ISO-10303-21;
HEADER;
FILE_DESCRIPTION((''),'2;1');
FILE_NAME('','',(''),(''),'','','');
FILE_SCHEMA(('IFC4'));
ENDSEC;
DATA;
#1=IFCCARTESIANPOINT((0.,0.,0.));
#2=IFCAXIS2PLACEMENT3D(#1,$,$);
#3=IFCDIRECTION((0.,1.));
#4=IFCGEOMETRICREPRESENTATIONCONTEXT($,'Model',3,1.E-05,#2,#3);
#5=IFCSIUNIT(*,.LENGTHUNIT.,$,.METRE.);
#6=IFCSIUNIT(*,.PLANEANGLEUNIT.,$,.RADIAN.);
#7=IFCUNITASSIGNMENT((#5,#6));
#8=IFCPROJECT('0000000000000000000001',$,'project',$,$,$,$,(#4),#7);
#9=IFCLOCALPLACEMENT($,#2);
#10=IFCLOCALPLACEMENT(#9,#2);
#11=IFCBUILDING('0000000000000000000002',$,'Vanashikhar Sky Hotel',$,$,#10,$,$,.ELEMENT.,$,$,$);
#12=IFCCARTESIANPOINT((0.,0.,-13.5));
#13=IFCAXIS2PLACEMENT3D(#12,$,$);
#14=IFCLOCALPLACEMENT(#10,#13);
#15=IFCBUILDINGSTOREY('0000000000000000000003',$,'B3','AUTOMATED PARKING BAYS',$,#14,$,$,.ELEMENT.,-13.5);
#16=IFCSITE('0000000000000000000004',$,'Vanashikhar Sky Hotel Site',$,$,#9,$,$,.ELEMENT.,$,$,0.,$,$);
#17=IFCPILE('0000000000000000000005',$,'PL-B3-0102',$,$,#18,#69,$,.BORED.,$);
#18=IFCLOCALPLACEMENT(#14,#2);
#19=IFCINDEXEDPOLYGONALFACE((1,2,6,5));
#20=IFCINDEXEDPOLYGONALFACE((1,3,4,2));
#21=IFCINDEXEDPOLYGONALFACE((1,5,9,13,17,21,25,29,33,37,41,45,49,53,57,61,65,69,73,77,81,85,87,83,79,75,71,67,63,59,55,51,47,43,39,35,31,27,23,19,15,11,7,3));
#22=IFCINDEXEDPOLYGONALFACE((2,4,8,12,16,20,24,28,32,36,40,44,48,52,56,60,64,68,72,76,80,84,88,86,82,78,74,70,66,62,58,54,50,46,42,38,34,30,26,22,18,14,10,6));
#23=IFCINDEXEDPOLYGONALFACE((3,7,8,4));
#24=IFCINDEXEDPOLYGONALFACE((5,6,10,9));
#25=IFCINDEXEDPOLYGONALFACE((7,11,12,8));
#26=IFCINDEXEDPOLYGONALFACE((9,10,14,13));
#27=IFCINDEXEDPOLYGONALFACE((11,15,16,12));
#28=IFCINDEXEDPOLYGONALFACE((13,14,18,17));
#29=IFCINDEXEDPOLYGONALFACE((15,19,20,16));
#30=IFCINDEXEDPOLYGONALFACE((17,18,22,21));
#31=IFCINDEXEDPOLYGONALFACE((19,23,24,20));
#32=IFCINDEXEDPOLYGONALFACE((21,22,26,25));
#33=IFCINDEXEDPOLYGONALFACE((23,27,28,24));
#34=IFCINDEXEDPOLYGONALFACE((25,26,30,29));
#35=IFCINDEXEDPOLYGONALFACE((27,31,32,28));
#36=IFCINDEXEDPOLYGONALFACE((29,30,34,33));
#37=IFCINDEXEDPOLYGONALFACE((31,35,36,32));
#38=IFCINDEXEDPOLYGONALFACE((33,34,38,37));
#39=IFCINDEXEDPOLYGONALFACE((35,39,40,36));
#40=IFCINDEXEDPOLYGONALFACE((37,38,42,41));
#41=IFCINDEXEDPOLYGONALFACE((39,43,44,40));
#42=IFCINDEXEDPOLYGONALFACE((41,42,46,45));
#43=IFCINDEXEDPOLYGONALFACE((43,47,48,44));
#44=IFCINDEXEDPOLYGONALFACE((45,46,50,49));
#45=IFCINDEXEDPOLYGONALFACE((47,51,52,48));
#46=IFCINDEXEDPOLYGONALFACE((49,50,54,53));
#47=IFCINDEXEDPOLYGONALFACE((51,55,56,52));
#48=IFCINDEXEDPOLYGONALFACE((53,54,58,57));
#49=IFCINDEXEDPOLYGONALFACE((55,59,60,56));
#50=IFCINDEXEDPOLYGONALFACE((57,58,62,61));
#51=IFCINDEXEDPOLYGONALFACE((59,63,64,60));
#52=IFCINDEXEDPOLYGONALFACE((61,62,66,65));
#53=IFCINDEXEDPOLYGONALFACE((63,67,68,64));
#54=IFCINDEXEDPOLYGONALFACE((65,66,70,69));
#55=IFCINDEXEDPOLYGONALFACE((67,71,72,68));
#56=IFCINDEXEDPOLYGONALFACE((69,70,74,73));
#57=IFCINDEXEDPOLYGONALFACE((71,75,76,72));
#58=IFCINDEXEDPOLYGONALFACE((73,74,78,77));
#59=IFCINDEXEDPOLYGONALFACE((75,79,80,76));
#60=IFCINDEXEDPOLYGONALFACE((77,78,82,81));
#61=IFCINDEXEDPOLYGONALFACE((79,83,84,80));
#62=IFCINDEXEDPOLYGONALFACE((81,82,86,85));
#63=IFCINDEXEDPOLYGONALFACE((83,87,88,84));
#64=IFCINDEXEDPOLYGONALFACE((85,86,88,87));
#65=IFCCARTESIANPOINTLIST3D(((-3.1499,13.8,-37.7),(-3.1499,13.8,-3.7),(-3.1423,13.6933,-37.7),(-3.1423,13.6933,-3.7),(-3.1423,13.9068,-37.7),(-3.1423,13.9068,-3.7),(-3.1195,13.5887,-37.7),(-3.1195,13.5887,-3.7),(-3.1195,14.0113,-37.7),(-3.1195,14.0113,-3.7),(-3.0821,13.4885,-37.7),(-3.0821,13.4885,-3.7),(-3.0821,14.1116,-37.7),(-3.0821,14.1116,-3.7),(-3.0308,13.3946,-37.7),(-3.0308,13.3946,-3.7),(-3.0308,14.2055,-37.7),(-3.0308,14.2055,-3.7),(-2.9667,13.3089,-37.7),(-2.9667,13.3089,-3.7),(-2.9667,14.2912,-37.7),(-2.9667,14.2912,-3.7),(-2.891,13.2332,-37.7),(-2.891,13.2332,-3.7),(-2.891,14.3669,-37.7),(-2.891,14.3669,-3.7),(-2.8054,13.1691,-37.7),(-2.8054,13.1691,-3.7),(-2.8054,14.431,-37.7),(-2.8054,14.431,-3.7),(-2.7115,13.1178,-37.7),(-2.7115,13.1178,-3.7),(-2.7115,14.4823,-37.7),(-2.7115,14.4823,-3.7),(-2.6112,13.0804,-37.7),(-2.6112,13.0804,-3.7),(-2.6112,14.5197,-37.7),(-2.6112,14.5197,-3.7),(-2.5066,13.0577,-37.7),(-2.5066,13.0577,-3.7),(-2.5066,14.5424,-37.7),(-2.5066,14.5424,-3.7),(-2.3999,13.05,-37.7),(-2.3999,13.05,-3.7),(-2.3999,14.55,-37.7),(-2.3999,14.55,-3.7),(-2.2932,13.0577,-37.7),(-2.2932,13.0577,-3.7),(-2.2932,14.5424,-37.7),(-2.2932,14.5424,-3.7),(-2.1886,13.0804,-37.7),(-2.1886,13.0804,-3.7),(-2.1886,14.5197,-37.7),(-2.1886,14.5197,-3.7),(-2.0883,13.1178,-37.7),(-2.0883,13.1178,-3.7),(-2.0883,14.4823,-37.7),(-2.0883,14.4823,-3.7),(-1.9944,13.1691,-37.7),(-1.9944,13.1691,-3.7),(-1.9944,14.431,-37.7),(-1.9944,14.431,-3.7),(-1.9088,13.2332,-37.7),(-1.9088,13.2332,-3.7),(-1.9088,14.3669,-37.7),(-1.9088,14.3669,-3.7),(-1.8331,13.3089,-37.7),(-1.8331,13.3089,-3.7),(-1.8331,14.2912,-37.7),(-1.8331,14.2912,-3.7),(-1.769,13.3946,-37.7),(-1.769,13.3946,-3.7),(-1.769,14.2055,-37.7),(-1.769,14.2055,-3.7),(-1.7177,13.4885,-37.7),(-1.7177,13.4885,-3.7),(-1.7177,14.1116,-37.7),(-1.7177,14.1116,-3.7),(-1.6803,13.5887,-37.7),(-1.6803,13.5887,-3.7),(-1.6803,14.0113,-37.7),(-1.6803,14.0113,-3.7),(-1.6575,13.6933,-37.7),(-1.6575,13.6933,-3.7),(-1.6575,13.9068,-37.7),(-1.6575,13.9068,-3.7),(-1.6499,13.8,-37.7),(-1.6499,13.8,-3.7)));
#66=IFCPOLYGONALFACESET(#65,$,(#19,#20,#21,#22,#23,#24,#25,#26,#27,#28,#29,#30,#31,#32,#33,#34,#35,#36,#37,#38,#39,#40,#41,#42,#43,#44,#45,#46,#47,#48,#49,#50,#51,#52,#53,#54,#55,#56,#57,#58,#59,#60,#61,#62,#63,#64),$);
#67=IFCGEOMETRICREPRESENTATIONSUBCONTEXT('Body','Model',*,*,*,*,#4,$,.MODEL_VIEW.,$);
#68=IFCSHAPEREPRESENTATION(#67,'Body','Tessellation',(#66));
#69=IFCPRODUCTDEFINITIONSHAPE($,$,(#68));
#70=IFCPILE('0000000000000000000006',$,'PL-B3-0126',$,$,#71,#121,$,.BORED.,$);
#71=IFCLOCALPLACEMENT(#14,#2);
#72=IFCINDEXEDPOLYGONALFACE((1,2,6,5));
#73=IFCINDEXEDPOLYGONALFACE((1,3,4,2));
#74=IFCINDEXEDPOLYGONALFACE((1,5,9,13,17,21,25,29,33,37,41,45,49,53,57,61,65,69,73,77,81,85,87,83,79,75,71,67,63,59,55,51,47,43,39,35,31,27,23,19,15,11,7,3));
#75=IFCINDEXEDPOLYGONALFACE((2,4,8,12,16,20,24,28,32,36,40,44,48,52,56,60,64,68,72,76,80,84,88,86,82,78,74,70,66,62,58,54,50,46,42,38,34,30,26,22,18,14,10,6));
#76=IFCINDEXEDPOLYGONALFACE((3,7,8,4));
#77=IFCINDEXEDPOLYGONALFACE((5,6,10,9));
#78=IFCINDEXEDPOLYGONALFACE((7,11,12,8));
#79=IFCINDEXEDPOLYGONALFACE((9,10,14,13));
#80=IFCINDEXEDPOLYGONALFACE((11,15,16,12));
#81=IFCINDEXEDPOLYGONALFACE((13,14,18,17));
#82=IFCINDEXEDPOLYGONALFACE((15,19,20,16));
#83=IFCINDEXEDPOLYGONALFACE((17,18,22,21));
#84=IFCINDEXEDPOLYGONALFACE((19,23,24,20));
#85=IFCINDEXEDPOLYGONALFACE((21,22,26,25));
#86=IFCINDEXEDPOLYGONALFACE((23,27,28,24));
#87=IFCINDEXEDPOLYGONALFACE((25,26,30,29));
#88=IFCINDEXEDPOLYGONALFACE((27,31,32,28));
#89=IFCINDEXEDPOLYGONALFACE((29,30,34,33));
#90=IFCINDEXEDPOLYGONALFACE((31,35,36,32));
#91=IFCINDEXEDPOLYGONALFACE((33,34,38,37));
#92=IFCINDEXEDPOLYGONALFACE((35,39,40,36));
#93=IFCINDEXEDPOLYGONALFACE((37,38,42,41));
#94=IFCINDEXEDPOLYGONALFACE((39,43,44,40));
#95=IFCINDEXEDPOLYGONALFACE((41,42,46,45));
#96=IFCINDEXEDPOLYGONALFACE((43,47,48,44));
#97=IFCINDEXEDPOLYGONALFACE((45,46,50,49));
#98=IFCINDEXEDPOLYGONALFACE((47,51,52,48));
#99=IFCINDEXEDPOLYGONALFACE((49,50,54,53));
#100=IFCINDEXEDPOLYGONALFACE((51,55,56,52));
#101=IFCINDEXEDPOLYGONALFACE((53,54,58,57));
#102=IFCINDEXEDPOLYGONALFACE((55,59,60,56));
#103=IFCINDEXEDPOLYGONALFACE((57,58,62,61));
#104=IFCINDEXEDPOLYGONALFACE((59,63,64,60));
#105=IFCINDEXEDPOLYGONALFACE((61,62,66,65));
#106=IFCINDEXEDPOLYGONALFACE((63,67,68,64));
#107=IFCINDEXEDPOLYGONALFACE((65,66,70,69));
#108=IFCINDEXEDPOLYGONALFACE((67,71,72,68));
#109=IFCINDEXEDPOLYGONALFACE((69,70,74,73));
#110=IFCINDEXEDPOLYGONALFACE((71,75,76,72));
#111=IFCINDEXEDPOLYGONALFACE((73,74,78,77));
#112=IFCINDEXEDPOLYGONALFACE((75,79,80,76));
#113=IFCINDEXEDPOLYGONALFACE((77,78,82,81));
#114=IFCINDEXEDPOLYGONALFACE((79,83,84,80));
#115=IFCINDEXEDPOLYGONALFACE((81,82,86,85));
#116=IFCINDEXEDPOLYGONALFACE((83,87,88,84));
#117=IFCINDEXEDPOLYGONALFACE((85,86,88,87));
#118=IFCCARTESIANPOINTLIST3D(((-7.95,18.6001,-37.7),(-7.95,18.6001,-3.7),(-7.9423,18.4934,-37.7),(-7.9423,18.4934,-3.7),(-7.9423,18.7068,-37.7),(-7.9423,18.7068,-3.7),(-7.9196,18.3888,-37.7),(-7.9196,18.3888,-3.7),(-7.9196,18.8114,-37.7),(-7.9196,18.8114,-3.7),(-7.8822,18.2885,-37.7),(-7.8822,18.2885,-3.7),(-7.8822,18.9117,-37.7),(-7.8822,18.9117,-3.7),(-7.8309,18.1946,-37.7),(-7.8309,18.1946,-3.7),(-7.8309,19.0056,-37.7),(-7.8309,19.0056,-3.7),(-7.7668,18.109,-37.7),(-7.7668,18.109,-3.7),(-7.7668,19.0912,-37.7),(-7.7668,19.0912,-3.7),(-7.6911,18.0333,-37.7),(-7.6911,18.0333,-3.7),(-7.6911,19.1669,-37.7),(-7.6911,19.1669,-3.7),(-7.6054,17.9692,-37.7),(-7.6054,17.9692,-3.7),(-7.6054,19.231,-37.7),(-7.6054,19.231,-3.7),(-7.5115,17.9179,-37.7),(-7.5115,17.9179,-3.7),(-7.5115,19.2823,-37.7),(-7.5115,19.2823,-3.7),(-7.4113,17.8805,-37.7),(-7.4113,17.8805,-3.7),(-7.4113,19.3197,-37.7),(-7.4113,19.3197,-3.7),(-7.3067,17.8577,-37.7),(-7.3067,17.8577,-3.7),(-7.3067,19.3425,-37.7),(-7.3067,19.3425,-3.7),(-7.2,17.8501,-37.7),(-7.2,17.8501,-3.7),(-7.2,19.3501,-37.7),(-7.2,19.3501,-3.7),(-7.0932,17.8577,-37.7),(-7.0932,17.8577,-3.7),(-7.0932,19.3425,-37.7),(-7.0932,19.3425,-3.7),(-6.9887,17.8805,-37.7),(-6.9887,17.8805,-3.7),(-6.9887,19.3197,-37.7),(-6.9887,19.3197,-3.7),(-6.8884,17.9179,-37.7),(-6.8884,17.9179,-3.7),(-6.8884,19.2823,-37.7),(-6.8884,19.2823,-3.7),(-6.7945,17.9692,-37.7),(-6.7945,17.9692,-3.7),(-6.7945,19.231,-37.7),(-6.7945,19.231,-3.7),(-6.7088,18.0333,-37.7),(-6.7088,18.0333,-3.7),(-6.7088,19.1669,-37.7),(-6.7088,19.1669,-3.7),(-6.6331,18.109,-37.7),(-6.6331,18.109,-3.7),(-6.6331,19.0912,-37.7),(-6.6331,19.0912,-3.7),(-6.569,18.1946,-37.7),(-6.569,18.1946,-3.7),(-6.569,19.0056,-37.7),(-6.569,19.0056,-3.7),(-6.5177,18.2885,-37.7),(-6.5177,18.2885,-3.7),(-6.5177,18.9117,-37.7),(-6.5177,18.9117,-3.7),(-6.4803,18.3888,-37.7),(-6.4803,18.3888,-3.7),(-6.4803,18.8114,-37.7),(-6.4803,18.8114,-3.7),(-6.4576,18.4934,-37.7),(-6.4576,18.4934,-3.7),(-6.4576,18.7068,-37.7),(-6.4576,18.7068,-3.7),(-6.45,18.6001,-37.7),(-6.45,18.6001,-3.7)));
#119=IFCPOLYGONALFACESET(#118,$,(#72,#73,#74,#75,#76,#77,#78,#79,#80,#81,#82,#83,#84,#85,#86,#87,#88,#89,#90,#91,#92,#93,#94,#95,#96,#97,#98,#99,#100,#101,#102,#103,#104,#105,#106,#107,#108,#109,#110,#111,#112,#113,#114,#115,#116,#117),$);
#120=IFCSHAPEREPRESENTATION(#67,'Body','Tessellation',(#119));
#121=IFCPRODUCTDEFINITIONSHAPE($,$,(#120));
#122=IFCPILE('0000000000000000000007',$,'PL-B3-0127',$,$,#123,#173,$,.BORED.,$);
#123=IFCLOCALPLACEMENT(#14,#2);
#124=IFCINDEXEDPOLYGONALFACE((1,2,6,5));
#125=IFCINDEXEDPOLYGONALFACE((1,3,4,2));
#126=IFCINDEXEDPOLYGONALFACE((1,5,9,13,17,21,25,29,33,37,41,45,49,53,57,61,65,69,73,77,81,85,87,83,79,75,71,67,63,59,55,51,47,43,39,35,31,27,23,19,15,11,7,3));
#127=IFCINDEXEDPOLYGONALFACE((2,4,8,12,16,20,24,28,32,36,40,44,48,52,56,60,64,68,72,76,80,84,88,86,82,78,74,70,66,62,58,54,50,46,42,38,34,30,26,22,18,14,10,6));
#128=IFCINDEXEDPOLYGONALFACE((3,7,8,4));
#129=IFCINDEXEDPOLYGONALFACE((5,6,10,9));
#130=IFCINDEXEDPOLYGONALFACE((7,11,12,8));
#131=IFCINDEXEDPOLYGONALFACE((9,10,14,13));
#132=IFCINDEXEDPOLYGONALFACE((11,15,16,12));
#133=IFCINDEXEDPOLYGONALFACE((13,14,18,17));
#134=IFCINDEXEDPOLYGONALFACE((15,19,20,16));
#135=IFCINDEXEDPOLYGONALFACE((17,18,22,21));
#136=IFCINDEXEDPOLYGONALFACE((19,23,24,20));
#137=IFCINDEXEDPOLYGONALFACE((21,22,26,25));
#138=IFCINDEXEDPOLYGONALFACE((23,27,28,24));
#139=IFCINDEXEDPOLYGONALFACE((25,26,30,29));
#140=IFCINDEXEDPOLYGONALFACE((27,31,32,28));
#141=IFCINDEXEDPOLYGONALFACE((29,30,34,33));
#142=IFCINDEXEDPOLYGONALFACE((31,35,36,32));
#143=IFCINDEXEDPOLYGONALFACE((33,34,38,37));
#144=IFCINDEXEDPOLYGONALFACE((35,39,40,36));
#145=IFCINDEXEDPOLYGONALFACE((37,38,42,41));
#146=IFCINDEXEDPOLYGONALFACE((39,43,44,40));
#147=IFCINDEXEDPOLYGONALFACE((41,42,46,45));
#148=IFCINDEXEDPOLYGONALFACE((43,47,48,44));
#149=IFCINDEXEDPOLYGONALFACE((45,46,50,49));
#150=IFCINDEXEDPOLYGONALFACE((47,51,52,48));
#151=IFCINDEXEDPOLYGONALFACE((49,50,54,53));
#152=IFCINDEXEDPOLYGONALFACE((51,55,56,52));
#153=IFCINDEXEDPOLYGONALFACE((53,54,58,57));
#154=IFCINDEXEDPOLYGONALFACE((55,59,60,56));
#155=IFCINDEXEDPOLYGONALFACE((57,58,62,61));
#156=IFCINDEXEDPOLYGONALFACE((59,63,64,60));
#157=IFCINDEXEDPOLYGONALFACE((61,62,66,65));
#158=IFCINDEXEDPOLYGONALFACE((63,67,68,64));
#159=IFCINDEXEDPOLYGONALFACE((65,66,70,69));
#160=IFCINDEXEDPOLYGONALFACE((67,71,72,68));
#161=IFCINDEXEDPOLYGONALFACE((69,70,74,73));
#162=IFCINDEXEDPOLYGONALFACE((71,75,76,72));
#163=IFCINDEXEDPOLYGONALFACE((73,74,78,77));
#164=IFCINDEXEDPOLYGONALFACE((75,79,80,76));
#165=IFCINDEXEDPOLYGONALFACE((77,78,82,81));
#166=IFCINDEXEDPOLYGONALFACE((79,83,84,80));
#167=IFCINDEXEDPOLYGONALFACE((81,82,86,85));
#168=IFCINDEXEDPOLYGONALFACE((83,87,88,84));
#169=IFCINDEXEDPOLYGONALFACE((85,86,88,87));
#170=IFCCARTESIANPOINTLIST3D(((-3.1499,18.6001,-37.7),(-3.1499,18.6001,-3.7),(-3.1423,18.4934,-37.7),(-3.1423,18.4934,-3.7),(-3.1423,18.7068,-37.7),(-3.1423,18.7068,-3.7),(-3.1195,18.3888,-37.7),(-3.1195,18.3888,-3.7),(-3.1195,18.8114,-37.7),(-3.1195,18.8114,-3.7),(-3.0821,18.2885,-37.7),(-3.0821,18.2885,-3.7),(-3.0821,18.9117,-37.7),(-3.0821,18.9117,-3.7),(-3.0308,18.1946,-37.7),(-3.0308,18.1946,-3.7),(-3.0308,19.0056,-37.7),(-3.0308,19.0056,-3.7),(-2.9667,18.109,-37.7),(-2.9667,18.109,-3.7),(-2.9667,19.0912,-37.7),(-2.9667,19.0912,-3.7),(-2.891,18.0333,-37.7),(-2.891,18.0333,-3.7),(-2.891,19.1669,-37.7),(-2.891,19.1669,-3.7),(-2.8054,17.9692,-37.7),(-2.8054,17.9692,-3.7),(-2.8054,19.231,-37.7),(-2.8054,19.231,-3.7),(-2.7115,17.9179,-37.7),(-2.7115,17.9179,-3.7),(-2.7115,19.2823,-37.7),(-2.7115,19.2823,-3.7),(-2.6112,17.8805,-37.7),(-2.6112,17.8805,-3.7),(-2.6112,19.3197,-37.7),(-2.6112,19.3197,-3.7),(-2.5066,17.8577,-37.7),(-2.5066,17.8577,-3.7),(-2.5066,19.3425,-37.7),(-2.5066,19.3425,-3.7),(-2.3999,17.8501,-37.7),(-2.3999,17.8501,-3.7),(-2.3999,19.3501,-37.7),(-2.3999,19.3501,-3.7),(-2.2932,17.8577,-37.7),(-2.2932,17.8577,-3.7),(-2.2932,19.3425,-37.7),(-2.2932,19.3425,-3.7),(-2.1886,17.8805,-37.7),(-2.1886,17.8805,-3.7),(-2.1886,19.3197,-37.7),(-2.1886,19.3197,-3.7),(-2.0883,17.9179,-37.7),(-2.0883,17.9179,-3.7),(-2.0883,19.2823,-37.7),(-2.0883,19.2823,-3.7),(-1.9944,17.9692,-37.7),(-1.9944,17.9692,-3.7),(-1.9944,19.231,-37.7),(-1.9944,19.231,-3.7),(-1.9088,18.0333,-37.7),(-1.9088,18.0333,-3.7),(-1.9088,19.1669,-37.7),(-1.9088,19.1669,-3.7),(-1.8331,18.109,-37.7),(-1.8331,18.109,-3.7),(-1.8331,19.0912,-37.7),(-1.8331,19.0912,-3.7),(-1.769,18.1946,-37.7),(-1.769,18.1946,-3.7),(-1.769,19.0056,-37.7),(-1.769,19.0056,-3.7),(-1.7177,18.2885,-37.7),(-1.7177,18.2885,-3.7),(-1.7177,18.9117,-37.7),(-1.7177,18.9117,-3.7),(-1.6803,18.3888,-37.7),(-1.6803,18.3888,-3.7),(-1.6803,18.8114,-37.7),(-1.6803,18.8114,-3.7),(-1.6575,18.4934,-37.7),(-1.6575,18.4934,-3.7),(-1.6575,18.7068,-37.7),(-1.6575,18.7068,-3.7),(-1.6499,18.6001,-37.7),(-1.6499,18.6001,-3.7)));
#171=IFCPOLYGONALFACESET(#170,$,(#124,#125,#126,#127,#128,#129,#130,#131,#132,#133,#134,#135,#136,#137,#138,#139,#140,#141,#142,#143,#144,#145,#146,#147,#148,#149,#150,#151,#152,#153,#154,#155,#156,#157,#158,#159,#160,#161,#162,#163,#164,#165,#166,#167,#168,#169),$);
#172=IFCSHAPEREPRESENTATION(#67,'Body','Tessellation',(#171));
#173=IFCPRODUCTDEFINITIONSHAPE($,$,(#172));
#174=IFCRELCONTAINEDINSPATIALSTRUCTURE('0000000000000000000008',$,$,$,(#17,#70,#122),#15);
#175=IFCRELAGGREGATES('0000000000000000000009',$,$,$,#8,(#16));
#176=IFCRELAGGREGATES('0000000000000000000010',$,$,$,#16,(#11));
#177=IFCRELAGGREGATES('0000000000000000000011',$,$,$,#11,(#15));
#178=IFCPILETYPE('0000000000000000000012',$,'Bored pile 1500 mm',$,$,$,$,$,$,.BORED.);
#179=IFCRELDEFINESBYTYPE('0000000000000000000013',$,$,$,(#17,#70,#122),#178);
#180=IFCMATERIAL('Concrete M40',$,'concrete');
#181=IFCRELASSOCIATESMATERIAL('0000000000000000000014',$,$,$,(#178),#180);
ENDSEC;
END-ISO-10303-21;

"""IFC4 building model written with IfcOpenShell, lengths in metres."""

from ifc_helpers import new_model, si_unit, direction, frame, origin, origin_2d, place, context, subcontext, project, spatial, circle, extrude, source, transform, mapped, material, type_object, element, save


model = new_model("IFC4")

# Units and contexts
model_context = context("Model", 3, precision=1e-05, world=origin(), true_north=direction((0.0, 1.0)))
body_context = subcontext(model_context, "Body", "Model", "MODEL_VIEW")
ifc_project = project(units=[si_unit("LENGTHUNIT", "METRE"), si_unit("PLANEANGLEUNIT", "RADIAN")], contexts=[model_context])

# Site, building, storey
site_placement = place(None, origin())
site = spatial("IfcSite", under=ifc_project, at=site_placement, Name="Vanashikhar Sky Hotel Site", CompositionType="ELEMENT", RefElevation=0.0)
building_placement = place(site_placement, origin())
building = spatial("IfcBuilding", under=site, at=building_placement, Name="Vanashikhar Sky Hotel", CompositionType="ELEMENT")
storey_placement = place(building_placement, frame((0.0, 0.0, -13.5)))
storey = spatial("IfcBuildingStorey", under=building, at=storey_placement, Name="B3", Description="AUTOMATED PARKING BAYS", CompositionType="ELEMENT", Elevation=-13.5)

# Shared definitions
ifc_material_1 = material(Name="Concrete M40", Category="concrete")

# Piles
pile_type_1 = type_object("IfcPileType", Name="Bored pile 1500 mm", PredefinedType="BORED", material=ifc_material_1)
shared_shape_1 = source(origin(), body_context, "Body", "SweptSolid", [
    extrude(circle(Radius=0.75, at=origin_2d()), origin(), (0.0, 0.0, 1.0), 34.0),
])
for number, where, z_axis, x_axis, name in (
    (1, (-2.3999, 13.8, -3.7), (0.0, 0.0, -1.0), (1.0, 0.0, 0.0), "PL-B3-0102"),
    (2, (-7.2, 18.6001, -3.7), (0.0, 0.0, -1.0), (1.0, 0.0, 0.0), "PL-B3-0126"),
    (3, (-2.3999, 18.6001, -3.7), (0.0, 0.0, -1.0), (1.0, 0.0, 0.0), "PL-B3-0127"),
):
    element("IfcPile", number, at=place(storey_placement, frame(where, z_axis=z_axis, x_axis=x_axis)), inside=storey, type_object=pile_type_1, Name=name, PredefinedType="BORED", context=body_context, shape_type="MappedRepresentation", body=[
        mapped(shared_shape_1, transform((0.0, 0.0, 0.0), scale=1.0)),
    ])

save(model, "model.ifc")
